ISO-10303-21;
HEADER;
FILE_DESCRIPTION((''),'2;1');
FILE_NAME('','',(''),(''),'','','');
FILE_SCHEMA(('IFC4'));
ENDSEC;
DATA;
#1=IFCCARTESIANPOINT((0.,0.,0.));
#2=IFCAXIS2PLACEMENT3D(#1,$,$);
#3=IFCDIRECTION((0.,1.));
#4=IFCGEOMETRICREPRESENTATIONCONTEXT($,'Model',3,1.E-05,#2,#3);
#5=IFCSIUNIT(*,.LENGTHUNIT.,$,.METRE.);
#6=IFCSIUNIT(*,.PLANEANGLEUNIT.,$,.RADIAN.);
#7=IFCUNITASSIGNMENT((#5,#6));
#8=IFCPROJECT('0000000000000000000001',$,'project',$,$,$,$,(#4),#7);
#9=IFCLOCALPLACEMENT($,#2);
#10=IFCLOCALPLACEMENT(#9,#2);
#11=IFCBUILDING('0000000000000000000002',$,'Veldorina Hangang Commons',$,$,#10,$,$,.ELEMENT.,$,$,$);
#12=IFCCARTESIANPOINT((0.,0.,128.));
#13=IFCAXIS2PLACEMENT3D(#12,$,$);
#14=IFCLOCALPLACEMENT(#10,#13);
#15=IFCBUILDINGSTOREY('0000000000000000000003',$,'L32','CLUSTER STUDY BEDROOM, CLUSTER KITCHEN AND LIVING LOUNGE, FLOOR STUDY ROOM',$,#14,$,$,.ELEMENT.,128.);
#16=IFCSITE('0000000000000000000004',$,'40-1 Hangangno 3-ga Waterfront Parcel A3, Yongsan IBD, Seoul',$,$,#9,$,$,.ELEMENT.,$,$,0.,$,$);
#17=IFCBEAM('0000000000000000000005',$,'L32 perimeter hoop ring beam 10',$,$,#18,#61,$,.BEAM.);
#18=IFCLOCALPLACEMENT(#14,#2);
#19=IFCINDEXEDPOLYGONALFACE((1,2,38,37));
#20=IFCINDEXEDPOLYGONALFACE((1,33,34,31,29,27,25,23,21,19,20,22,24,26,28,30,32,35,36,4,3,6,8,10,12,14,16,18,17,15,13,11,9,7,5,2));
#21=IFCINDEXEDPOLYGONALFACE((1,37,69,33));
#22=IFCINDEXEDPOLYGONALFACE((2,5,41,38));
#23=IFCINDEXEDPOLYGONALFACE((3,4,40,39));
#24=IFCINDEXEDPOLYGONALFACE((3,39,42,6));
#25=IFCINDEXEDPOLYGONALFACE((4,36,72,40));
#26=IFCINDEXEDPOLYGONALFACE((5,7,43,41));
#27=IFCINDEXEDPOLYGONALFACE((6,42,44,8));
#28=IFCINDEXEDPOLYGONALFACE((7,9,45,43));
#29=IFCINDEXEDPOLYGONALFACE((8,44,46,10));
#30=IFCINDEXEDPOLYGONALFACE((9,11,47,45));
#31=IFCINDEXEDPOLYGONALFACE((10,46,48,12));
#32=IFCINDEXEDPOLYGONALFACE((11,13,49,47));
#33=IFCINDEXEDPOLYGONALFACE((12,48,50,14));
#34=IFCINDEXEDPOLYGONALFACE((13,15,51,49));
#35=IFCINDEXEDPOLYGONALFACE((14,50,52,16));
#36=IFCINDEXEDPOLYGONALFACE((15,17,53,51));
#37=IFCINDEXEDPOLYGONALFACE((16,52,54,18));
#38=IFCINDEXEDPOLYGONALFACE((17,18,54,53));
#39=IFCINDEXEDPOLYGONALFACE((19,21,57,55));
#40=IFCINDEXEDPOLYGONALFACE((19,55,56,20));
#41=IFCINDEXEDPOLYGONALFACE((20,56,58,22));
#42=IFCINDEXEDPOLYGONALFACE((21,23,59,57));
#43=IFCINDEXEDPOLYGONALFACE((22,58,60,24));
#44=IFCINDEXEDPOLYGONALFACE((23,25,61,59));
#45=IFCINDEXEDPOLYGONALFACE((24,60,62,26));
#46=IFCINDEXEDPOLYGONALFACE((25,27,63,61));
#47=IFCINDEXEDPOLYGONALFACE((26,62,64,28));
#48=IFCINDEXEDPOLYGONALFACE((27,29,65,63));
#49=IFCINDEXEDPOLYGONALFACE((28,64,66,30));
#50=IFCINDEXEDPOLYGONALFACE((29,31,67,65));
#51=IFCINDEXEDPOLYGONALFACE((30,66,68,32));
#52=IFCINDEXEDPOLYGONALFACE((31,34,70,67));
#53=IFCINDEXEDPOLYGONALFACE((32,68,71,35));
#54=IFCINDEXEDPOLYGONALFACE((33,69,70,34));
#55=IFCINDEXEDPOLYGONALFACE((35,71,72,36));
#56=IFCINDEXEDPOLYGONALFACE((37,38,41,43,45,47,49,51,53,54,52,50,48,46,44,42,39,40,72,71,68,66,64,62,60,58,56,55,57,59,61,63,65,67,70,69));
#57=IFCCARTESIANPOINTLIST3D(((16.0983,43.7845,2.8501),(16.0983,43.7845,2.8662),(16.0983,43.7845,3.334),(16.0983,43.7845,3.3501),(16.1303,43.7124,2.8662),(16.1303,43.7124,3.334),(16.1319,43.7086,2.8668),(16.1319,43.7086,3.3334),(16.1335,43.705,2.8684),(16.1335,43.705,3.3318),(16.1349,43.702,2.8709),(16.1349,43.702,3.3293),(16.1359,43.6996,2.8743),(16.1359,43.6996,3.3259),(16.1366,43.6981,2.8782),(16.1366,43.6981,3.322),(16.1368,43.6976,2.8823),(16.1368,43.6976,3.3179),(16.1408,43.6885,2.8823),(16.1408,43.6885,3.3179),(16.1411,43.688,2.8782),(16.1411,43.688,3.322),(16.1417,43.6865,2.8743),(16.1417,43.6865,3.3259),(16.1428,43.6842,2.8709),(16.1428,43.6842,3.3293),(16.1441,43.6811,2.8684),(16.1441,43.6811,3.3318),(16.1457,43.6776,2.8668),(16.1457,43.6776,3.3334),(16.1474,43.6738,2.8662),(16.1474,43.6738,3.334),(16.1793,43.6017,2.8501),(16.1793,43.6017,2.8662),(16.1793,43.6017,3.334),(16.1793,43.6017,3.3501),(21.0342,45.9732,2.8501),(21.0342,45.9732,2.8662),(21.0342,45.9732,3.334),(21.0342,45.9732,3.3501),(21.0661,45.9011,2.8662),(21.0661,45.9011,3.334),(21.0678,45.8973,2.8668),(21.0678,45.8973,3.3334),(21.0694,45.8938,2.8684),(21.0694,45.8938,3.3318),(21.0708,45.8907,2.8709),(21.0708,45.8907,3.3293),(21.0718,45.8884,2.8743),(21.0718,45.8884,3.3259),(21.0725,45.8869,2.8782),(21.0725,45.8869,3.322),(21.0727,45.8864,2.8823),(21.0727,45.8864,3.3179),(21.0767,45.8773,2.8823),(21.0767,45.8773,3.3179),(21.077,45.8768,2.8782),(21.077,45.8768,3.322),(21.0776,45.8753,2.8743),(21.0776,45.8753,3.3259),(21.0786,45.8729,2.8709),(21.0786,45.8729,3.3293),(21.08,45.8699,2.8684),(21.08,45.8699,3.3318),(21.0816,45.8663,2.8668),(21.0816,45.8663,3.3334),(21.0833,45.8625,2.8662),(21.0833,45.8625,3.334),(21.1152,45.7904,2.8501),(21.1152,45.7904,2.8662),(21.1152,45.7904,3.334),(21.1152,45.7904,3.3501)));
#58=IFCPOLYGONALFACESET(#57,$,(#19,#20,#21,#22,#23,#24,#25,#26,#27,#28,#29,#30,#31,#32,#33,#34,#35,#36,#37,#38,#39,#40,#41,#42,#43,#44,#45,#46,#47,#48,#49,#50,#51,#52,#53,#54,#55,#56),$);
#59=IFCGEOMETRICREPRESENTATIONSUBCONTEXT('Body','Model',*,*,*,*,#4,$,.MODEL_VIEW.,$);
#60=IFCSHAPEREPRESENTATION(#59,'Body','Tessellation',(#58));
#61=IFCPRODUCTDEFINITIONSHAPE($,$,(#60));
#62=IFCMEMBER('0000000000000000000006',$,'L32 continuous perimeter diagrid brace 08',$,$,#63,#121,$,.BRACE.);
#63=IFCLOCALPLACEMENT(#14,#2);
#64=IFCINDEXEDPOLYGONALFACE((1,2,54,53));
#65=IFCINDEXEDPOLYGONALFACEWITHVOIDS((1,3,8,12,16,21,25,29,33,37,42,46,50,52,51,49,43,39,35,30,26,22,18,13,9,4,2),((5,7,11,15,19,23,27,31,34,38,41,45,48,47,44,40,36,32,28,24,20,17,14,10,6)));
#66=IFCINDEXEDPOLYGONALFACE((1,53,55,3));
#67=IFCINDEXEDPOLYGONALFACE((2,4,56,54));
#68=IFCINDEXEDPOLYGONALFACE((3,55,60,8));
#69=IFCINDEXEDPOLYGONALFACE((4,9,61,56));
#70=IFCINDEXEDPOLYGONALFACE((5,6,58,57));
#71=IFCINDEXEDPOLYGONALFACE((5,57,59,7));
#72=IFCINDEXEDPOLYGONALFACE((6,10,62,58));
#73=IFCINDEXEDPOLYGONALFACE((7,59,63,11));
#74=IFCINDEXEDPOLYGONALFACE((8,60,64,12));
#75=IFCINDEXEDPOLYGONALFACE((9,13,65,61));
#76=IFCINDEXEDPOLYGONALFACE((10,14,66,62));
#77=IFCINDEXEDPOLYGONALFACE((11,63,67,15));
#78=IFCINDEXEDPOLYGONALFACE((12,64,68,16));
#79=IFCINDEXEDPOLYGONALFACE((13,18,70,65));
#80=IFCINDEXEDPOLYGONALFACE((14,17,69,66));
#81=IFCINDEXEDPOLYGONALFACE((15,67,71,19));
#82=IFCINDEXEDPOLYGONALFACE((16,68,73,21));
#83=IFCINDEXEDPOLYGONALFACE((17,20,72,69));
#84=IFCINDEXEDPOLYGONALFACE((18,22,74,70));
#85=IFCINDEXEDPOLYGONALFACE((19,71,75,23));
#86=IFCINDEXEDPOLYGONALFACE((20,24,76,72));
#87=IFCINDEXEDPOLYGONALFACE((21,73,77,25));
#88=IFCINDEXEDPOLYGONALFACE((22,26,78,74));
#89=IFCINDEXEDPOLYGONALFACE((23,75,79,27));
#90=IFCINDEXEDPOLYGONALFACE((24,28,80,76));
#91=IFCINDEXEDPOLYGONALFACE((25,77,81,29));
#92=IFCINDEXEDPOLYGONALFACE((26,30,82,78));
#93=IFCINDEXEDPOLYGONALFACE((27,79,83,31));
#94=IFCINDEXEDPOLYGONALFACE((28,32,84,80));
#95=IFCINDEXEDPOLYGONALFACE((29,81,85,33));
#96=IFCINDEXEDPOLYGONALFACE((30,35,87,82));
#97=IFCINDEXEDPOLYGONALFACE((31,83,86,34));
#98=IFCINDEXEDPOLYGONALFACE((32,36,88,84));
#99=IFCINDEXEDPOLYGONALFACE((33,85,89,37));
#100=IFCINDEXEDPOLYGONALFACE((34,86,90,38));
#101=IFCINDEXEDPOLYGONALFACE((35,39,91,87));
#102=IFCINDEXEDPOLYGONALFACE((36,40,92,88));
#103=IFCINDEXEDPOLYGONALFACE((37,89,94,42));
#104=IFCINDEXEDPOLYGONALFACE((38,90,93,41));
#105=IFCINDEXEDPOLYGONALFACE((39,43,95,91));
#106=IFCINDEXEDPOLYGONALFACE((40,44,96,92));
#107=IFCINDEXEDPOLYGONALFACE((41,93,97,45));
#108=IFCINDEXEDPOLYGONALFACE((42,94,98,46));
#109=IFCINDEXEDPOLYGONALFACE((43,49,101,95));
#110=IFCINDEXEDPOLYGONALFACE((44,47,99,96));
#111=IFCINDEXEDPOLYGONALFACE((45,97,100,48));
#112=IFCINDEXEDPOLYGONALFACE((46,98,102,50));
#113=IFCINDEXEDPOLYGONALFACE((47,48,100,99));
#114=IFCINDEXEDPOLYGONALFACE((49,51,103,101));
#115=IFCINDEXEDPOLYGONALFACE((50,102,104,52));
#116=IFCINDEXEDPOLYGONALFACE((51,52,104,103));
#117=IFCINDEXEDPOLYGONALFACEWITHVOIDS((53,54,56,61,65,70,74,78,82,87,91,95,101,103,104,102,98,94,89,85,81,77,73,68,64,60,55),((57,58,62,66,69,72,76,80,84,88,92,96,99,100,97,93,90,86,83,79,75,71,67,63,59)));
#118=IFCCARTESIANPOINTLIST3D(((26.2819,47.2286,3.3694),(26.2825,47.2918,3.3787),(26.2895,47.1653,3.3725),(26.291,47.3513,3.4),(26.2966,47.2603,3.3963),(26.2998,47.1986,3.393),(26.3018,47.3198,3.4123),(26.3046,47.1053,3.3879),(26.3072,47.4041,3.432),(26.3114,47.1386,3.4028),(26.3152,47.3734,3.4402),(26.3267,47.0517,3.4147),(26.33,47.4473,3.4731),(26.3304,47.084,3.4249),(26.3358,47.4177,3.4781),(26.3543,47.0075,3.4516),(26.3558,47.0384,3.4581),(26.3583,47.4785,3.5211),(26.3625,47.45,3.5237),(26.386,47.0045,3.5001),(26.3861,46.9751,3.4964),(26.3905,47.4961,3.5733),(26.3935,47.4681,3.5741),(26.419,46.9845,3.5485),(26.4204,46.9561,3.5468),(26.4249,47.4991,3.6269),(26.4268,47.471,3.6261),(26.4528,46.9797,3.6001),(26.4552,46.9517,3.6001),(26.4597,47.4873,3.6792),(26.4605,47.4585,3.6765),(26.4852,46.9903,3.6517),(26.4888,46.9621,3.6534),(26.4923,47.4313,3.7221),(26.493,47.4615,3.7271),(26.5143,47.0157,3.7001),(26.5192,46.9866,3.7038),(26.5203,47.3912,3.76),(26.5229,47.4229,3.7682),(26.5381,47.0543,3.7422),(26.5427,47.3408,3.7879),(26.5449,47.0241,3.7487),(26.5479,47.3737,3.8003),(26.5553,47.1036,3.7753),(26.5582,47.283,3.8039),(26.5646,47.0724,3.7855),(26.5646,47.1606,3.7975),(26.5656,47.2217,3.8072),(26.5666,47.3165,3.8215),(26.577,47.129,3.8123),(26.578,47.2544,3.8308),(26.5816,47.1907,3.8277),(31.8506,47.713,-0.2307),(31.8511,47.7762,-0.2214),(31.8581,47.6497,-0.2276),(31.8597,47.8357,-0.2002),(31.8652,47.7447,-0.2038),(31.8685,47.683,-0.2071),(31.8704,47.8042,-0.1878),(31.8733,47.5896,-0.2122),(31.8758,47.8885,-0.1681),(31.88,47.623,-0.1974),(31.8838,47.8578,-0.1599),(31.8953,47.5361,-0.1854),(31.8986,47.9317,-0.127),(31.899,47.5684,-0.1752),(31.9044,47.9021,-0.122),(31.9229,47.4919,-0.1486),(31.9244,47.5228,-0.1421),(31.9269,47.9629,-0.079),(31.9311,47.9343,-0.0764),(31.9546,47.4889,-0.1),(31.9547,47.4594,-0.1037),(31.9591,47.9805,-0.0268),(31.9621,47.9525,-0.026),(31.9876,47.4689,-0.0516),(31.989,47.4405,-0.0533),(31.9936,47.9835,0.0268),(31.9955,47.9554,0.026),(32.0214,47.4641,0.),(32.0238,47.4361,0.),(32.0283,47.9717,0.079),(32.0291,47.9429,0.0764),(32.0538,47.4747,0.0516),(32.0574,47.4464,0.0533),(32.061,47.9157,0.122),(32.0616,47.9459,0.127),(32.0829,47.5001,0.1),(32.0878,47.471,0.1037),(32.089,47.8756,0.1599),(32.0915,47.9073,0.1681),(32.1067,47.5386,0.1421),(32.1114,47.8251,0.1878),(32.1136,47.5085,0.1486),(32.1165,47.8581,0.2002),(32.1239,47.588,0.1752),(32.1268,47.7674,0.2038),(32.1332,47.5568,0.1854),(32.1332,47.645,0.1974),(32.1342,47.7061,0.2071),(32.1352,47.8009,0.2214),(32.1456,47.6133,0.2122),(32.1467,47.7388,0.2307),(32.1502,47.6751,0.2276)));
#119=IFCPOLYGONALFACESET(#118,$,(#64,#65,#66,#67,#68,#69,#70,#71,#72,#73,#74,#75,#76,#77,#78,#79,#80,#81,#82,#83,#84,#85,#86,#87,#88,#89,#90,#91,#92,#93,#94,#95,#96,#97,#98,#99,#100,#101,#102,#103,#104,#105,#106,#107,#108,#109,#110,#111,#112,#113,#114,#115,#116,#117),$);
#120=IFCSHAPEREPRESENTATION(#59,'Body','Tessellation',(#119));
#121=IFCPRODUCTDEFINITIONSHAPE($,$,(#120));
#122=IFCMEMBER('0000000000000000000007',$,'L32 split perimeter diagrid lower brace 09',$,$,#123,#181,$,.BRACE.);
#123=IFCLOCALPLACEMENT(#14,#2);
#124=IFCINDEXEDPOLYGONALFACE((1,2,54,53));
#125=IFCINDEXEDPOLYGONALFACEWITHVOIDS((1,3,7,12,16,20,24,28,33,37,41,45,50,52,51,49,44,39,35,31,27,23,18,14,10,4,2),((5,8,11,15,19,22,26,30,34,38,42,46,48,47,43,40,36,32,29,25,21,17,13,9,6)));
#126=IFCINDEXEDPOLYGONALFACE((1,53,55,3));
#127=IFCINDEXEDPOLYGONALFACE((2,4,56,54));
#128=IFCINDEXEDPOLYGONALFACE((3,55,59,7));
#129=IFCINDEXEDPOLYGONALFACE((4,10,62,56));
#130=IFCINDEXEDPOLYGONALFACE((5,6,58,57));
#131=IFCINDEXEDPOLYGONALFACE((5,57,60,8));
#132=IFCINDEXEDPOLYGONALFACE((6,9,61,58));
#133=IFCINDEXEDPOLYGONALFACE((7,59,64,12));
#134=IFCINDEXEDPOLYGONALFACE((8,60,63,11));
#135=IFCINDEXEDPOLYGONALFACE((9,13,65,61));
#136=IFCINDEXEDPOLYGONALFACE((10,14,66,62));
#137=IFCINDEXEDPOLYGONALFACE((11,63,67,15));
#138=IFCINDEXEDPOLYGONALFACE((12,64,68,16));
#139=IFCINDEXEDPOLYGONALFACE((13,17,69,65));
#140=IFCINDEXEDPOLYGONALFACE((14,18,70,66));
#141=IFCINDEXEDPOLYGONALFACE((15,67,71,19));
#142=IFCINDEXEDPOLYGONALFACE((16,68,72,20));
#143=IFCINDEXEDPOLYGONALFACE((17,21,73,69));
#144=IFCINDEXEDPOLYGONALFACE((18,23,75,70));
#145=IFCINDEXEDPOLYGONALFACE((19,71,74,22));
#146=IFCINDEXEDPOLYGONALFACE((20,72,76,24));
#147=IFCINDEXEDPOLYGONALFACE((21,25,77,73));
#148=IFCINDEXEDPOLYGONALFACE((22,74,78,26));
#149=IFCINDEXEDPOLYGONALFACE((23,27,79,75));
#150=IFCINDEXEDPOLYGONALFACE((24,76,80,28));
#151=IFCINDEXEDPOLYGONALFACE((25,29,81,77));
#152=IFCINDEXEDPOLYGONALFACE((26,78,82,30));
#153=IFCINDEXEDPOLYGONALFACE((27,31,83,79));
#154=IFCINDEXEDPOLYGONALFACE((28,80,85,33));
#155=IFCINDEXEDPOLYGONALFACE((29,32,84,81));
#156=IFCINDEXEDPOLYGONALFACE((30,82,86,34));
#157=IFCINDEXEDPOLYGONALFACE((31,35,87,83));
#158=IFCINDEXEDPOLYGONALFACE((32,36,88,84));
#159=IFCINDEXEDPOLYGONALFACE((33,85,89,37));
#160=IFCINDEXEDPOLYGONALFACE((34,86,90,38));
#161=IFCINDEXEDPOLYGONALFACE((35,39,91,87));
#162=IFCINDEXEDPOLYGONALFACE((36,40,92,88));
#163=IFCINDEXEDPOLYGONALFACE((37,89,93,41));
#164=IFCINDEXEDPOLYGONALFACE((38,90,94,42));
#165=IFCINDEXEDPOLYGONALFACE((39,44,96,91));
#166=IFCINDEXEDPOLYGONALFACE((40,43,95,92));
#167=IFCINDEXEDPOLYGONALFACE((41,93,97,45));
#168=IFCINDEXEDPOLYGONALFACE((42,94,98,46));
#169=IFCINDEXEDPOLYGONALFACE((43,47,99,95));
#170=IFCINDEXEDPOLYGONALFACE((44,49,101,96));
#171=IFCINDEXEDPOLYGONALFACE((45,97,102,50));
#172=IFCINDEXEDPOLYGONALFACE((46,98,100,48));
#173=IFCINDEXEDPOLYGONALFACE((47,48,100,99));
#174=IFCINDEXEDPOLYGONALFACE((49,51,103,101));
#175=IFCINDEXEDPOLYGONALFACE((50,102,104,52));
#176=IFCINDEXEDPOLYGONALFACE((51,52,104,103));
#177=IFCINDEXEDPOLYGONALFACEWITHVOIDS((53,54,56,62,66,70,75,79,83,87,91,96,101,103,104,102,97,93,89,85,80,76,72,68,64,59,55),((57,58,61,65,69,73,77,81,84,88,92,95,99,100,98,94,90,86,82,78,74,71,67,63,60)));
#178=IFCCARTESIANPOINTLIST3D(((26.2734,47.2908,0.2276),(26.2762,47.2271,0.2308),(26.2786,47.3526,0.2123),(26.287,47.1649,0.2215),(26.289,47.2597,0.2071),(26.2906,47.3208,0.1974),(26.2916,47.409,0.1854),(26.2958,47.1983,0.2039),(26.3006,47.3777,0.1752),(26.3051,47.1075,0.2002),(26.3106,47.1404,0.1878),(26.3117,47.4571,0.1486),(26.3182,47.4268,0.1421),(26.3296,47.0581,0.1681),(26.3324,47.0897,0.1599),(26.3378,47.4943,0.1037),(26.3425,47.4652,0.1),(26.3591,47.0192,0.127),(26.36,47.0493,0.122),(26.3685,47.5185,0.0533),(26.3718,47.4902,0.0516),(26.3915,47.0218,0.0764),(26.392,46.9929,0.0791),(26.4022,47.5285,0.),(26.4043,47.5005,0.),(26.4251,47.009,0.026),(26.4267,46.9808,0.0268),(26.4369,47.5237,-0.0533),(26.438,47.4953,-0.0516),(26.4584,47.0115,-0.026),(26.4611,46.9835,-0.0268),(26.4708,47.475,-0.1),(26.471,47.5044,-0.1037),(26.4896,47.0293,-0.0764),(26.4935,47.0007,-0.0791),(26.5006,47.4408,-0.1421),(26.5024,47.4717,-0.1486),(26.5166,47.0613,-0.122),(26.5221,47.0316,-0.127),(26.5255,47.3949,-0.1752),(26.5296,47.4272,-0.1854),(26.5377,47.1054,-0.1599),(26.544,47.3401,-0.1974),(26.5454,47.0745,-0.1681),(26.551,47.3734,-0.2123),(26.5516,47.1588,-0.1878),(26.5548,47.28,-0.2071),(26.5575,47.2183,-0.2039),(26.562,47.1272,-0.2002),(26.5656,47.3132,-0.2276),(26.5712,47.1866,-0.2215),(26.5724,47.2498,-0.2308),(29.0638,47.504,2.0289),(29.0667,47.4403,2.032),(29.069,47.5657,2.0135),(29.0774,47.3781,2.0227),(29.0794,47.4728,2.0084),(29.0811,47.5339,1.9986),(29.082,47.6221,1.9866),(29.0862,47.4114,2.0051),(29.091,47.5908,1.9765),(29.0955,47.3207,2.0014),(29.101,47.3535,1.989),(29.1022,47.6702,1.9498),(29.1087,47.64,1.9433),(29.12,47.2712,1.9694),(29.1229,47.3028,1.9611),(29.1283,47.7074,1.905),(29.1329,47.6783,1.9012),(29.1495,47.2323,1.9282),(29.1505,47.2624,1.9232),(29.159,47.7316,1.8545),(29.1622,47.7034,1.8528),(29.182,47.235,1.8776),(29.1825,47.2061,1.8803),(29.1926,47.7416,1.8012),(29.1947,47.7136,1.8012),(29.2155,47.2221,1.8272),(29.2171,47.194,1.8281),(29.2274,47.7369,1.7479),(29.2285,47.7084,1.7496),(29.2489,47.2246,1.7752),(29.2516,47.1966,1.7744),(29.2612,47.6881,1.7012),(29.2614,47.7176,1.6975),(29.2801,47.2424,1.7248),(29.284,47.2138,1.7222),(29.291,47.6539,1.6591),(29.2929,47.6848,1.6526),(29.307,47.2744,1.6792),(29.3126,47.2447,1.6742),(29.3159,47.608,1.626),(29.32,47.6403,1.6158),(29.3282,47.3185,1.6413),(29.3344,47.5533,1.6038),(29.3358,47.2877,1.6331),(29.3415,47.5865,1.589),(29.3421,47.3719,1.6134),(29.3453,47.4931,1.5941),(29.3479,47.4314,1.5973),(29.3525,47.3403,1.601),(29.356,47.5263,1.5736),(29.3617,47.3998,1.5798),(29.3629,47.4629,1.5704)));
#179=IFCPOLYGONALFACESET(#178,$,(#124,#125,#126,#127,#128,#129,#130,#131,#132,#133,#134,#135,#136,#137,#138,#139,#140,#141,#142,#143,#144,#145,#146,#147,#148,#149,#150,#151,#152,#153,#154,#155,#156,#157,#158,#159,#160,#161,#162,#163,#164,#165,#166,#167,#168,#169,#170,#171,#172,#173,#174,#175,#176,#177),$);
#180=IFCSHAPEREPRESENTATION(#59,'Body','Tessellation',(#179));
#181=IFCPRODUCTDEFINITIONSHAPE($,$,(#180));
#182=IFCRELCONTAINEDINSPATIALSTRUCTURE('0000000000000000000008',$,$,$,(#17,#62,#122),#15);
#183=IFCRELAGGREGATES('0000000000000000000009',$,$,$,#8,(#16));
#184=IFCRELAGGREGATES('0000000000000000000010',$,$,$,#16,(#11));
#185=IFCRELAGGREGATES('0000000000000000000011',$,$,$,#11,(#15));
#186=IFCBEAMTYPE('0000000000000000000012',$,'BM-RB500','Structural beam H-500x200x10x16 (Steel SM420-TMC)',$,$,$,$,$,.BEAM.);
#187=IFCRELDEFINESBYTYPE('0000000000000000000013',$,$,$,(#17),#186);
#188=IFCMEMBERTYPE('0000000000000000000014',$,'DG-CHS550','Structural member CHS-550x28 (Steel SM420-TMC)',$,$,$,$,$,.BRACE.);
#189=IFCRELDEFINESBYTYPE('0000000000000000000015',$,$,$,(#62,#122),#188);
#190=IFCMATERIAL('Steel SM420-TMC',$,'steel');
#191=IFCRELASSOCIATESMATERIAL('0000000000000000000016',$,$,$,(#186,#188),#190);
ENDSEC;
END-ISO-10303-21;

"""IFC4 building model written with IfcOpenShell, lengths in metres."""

from ifc_helpers import new_model, si_unit, direction, frame, origin, origin_2d, place, context, subcontext, project, spatial, hollow_circle, i_section, extrude, material, material_profile, profile_set, type_object, element, save


model = new_model("IFC4")

# Units and contexts
model_context = context("Model", 3, precision=1e-05, world=origin(), true_north=direction((0.0, 1.0)))
body_context = subcontext(model_context, "Body", "Model", "MODEL_VIEW")
ifc_project = project(units=[si_unit("LENGTHUNIT", "METRE"), si_unit("PLANEANGLEUNIT", "RADIAN")], contexts=[model_context])

# Site, building, storey
site_placement = place(None, origin())
site = spatial("IfcSite", under=ifc_project, at=site_placement, Name="40-1 Hangangno 3-ga Waterfront Parcel A3, Yongsan IBD, Seoul", CompositionType="ELEMENT", RefElevation=0.0)
building_placement = place(site_placement, origin())
building = spatial("IfcBuilding", under=site, at=building_placement, Name="Veldorina Hangang Commons", CompositionType="ELEMENT")
storey_placement = place(building_placement, frame((0.0, 0.0, 128.0)))
storey = spatial("IfcBuildingStorey", under=building, at=storey_placement, Name="L32", Description="CLUSTER STUDY BEDROOM, CLUSTER KITCHEN AND LIVING LOUNGE, FLOOR STUDY ROOM", CompositionType="ELEMENT", Elevation=128.0)

# Beam
ifc_material_1 = material(Name="Steel SM420-TMC", Category="steel")
ifc_material_profile_1 = material_profile(ifc_material_1, i_section(OverallWidth=0.2, OverallDepth=0.5, WebThickness=0.01, FlangeThickness=0.0161, FilletRadius=0.0161, at=origin_2d()), Name="H-500x200x10x16")
ifc_profile_set_1 = profile_set([ifc_material_profile_1], Name="Steel SM420-TMC")
beam_type_1 = type_object("IfcBeamType", Name="BM-RB500", Description="Structural beam H-500x200x10x16 (Steel SM420-TMC)", PredefinedType="BEAM", material=ifc_profile_set_1)
beam_1_placement = place(storey_placement, frame((21.0747, 45.8818, 3.1001), z_axis=(-0.914152, -0.405371, 0.0), x_axis=(0.405371, -0.914152, 0.0)))
element("IfcBeam", 1, at=beam_1_placement, inside=storey, type_object=beam_type_1, Name="L32 perimeter hoop ring beam 10", PredefinedType="BEAM", context=body_context, shape_type="SweptSolid", body=[
    extrude(i_section(OverallWidth=0.2, OverallDepth=0.5, WebThickness=0.01, FlangeThickness=0.0161, FilletRadius=0.0161, at=origin_2d()), origin(), (0.0, 0.0, 1.0), 5.3994),
])

# Members
ifc_material_profile_2 = material_profile(ifc_material_1, hollow_circle(Radius=0.2749, WallThickness=0.0281, at=origin_2d()), Name="CHS-550x28")
ifc_profile_set_2 = profile_set([ifc_material_profile_2], Name="Steel SM420-TMC")
member_type = type_object("IfcMemberType", Name="DG-CHS550", Description="Structural member CHS-550x28 (Steel SM420-TMC)", PredefinedType="BRACE", material=ifc_profile_set_2)
member_1_placement = place(storey_placement, frame((32.0, 47.71, 0.0), z_axis=(-0.837553, -0.072853, 0.541477), x_axis=(0.086656, -0.996238, 0.0)))
element("IfcMember", 2, at=member_1_placement, inside=storey, type_object=member_type, Name="L32 continuous perimeter diagrid brace 08", PredefinedType="BRACE", context=body_context, shape_type="SweptSolid", body=[
    extrude(hollow_circle(Radius=0.2749, WallThickness=0.0281, at=origin_2d()), origin(), (0.0, 0.0, 1.0), 6.6487),
])
member_2_placement = place(storey_placement, frame((26.4231, 47.2544, 0.0), z_axis=(0.838445, 0.064039, 0.541211), x_axis=(-0.076156, 0.997096, 0.0)))
element("IfcMember", 3, at=member_2_placement, inside=storey, type_object=member_type, Name="L32 split perimeter diagrid lower brace 09", PredefinedType="BRACE", context=body_context, shape_type="SweptSolid", body=[
    extrude(hollow_circle(Radius=0.2749, WallThickness=0.0281, at=origin_2d()), origin(), (0.0, 0.0, 1.0), 3.3281),
])

save(model, "model.ifc")
